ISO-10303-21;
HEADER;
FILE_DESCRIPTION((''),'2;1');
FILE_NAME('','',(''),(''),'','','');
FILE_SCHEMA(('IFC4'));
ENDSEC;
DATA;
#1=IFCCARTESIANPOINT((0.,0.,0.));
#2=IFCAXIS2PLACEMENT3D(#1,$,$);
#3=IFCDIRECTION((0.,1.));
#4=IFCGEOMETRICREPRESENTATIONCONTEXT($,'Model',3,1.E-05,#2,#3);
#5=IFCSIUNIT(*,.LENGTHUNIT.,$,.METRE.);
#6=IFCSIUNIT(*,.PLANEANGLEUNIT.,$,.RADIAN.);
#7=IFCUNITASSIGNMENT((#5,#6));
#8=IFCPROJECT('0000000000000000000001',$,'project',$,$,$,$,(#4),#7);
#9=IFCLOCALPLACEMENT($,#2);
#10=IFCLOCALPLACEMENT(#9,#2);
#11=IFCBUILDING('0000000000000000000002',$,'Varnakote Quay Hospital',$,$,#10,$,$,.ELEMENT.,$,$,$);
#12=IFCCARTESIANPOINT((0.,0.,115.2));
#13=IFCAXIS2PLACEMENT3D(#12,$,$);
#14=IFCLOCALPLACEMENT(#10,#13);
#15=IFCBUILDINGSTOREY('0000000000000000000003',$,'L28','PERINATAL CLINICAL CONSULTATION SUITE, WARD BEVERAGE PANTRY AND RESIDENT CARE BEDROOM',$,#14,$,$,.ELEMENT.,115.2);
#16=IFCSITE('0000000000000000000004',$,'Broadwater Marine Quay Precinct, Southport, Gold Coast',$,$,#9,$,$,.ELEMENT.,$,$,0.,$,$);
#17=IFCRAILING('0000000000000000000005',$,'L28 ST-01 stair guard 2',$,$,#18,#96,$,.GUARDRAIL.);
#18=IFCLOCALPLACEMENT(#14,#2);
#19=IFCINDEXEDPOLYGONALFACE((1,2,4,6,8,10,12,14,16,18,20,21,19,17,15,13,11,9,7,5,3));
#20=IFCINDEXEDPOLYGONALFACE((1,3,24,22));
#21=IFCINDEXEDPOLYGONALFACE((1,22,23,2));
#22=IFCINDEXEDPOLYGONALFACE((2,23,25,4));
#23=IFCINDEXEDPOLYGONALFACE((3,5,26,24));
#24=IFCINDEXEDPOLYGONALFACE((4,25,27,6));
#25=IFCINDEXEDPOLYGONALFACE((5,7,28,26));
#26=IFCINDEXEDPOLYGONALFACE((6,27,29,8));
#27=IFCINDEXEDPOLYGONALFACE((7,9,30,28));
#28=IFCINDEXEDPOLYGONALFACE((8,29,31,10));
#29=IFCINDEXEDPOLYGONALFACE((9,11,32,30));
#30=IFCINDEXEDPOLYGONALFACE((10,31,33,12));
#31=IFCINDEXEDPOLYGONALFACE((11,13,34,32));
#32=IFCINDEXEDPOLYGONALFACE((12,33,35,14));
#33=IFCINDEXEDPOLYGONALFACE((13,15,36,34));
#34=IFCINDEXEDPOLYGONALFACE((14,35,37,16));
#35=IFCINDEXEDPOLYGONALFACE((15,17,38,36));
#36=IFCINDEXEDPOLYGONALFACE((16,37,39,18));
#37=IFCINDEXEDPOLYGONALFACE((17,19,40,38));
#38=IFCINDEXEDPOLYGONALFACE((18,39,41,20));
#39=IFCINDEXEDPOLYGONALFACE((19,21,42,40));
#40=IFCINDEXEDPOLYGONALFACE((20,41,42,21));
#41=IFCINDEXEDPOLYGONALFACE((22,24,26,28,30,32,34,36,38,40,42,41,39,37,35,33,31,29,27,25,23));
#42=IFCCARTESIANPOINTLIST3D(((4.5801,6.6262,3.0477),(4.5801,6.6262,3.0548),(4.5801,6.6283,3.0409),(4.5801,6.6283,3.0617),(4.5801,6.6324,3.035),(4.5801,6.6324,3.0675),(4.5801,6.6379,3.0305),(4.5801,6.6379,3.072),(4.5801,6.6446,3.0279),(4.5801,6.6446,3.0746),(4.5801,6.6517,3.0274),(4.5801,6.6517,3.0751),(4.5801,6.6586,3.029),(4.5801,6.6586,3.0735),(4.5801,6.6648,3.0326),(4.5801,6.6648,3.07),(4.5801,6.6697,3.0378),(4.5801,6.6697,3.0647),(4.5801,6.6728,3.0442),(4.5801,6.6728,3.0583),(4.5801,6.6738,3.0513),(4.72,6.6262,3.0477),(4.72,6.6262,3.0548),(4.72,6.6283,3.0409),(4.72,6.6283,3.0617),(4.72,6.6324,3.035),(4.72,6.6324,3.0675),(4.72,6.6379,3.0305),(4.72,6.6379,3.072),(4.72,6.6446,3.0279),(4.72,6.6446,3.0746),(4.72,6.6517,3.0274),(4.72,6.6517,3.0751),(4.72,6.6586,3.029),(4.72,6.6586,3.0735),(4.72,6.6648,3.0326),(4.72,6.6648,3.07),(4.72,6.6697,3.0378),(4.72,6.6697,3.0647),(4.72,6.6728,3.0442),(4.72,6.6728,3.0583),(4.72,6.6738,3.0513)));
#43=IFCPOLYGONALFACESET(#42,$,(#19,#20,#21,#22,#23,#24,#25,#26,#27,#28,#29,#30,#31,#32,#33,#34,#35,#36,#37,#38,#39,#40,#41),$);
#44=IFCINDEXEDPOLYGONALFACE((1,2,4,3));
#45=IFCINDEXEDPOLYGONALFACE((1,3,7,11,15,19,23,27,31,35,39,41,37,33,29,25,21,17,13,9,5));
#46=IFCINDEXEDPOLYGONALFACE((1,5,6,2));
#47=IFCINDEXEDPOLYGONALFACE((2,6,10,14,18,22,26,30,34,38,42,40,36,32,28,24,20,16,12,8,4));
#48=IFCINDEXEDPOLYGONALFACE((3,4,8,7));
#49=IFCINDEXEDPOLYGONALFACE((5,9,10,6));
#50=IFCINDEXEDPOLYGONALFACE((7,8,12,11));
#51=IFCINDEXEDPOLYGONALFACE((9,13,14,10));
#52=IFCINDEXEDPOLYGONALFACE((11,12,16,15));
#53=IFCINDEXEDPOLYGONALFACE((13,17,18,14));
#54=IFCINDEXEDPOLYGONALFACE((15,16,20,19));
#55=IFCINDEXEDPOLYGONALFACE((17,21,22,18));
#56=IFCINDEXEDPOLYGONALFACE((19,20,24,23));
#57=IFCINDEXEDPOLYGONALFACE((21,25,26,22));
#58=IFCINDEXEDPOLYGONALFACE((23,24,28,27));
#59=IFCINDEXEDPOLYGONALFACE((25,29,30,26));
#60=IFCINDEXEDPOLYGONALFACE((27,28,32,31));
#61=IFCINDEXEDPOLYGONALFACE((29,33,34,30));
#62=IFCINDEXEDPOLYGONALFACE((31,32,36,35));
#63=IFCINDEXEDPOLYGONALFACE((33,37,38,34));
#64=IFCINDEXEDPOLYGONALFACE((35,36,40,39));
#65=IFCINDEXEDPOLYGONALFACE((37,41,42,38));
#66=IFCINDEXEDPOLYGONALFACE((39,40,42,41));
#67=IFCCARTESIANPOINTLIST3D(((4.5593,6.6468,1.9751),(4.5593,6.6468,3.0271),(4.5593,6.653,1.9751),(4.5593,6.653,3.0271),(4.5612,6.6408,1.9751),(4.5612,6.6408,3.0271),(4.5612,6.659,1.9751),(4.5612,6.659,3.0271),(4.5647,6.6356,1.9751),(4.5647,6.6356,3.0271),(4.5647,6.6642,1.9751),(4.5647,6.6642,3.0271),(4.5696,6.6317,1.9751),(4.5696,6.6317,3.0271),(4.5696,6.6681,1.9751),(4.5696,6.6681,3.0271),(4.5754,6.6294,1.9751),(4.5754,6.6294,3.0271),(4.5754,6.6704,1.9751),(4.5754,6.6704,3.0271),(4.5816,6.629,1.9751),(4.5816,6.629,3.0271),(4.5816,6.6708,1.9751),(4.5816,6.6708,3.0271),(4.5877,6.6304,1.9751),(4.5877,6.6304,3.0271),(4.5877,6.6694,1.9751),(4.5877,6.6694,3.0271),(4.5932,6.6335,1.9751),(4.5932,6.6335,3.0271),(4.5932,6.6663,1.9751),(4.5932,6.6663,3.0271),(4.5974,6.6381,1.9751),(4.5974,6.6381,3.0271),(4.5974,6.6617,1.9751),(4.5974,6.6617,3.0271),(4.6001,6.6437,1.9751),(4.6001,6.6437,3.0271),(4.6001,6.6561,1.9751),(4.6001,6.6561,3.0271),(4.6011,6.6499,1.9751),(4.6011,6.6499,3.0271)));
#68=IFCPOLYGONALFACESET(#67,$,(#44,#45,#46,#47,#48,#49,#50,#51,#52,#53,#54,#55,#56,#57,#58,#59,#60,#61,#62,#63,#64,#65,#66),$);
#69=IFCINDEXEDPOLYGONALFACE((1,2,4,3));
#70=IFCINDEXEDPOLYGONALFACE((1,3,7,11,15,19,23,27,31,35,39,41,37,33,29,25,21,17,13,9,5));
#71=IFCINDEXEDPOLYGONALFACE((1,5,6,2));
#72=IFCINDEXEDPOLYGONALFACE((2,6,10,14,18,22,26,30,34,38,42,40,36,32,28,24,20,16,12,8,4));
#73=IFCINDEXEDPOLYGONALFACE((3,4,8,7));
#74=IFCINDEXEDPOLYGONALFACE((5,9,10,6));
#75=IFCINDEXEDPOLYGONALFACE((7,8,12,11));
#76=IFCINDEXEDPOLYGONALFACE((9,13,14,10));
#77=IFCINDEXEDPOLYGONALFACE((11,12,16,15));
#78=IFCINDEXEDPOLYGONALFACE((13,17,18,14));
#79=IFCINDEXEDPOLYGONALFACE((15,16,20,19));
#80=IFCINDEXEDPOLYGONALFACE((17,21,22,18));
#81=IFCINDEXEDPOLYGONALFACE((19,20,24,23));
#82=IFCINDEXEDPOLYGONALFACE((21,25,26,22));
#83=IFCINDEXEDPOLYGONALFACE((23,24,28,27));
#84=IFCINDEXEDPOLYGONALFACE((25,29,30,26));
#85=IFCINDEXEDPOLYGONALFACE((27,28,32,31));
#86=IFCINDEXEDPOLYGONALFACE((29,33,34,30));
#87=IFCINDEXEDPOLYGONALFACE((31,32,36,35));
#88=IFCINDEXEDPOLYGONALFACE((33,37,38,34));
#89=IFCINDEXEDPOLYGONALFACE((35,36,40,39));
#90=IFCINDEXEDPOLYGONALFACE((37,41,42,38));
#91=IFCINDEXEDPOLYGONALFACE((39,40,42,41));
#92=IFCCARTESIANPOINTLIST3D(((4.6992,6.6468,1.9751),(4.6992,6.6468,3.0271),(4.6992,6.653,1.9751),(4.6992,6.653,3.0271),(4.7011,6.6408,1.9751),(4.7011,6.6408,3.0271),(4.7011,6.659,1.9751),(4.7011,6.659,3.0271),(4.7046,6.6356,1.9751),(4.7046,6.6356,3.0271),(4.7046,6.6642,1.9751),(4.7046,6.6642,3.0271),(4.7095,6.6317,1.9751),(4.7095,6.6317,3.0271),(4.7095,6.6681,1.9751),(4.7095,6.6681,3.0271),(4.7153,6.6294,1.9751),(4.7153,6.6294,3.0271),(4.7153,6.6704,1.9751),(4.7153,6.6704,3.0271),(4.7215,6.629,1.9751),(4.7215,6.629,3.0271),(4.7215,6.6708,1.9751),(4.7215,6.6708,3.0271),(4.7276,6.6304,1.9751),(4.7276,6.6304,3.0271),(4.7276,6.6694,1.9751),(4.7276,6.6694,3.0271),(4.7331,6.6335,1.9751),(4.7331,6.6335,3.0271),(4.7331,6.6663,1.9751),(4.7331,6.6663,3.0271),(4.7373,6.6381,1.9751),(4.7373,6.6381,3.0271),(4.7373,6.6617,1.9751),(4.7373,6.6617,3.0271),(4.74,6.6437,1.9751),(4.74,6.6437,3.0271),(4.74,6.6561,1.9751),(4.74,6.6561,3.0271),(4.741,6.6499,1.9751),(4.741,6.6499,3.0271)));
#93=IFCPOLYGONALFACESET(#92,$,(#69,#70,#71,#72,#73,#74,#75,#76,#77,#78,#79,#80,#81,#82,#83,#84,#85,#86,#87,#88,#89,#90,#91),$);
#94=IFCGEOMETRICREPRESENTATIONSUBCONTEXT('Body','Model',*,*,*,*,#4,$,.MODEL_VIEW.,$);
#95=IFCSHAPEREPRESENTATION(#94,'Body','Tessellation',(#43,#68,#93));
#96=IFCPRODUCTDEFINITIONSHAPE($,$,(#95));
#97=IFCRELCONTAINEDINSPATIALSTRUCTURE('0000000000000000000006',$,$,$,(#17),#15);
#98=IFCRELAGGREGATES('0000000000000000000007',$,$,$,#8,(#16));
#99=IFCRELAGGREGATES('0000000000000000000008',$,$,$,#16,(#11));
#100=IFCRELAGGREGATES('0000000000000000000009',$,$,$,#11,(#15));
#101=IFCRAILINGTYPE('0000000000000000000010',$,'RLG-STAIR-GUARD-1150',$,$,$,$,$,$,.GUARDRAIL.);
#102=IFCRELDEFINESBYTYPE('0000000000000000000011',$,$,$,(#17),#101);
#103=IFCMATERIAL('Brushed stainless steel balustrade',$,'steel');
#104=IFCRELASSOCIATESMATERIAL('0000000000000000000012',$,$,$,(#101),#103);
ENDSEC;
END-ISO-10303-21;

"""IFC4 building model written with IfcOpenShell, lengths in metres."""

from ifc_helpers import new_model, si_unit, direction, frame, origin, origin_2d, place, context, subcontext, project, spatial, circle, extrude, material, type_object, element, save


model = new_model("IFC4")

# Units and contexts
model_context = context("Model", 3, precision=1e-05, world=origin(), true_north=direction((0.0, 1.0)))
body_context = subcontext(model_context, "Body", "Model", "MODEL_VIEW")
ifc_project = project(units=[si_unit("LENGTHUNIT", "METRE"), si_unit("PLANEANGLEUNIT", "RADIAN")], contexts=[model_context])

# Site, building, storey
site_placement = place(None, origin())
site = spatial("IfcSite", under=ifc_project, at=site_placement, Name="Broadwater Marine Quay Precinct, Southport, Gold Coast", CompositionType="ELEMENT", RefElevation=0.0)
building_placement = place(site_placement, origin())
building = spatial("IfcBuilding", under=site, at=building_placement, Name="Varnakote Quay Hospital", CompositionType="ELEMENT")
storey_placement = place(building_placement, frame((0.0, 0.0, 115.2)))
storey = spatial("IfcBuildingStorey", under=building, at=storey_placement, Name="L28", Description="PERINATAL CLINICAL CONSULTATION SUITE, WARD BEVERAGE PANTRY AND RESIDENT CARE BEDROOM", CompositionType="ELEMENT", Elevation=115.2)

# Railing
ifc_material_1 = material(Name="Brushed stainless steel balustrade", Category="steel")
railing_type_1 = type_object("IfcRailingType", Name="RLG-STAIR-GUARD-1150", PredefinedType="GUARDRAIL", material=ifc_material_1)
railing_1_placement = place(storey_placement, frame((4.5801, 6.6499, 1.9751)))
element("IfcRailing", 1, at=railing_1_placement, inside=storey, type_object=railing_type_1, Name="L28 ST-01 stair guard 2", PredefinedType="GUARDRAIL", context=body_context, shape_type="SweptSolid", body=[
    extrude(circle(Radius=0.0239, at=origin_2d()), frame((0.0, 0.0, 1.0762), z_axis=(1.0, 0.0, 0.0), x_axis=(0.0, 1.0, 0.0)), (0.0, 0.0, 1.0), 0.1399),
    extrude(circle(Radius=0.021, at=origin_2d()), origin(), (0.0, 0.0, 1.0), 1.052),
    extrude(circle(Radius=0.021, at=origin_2d()), frame((0.1399, 0.0, 0.0)), (0.0, 0.0, 1.0), 1.052),
])

save(model, "model.ifc")
